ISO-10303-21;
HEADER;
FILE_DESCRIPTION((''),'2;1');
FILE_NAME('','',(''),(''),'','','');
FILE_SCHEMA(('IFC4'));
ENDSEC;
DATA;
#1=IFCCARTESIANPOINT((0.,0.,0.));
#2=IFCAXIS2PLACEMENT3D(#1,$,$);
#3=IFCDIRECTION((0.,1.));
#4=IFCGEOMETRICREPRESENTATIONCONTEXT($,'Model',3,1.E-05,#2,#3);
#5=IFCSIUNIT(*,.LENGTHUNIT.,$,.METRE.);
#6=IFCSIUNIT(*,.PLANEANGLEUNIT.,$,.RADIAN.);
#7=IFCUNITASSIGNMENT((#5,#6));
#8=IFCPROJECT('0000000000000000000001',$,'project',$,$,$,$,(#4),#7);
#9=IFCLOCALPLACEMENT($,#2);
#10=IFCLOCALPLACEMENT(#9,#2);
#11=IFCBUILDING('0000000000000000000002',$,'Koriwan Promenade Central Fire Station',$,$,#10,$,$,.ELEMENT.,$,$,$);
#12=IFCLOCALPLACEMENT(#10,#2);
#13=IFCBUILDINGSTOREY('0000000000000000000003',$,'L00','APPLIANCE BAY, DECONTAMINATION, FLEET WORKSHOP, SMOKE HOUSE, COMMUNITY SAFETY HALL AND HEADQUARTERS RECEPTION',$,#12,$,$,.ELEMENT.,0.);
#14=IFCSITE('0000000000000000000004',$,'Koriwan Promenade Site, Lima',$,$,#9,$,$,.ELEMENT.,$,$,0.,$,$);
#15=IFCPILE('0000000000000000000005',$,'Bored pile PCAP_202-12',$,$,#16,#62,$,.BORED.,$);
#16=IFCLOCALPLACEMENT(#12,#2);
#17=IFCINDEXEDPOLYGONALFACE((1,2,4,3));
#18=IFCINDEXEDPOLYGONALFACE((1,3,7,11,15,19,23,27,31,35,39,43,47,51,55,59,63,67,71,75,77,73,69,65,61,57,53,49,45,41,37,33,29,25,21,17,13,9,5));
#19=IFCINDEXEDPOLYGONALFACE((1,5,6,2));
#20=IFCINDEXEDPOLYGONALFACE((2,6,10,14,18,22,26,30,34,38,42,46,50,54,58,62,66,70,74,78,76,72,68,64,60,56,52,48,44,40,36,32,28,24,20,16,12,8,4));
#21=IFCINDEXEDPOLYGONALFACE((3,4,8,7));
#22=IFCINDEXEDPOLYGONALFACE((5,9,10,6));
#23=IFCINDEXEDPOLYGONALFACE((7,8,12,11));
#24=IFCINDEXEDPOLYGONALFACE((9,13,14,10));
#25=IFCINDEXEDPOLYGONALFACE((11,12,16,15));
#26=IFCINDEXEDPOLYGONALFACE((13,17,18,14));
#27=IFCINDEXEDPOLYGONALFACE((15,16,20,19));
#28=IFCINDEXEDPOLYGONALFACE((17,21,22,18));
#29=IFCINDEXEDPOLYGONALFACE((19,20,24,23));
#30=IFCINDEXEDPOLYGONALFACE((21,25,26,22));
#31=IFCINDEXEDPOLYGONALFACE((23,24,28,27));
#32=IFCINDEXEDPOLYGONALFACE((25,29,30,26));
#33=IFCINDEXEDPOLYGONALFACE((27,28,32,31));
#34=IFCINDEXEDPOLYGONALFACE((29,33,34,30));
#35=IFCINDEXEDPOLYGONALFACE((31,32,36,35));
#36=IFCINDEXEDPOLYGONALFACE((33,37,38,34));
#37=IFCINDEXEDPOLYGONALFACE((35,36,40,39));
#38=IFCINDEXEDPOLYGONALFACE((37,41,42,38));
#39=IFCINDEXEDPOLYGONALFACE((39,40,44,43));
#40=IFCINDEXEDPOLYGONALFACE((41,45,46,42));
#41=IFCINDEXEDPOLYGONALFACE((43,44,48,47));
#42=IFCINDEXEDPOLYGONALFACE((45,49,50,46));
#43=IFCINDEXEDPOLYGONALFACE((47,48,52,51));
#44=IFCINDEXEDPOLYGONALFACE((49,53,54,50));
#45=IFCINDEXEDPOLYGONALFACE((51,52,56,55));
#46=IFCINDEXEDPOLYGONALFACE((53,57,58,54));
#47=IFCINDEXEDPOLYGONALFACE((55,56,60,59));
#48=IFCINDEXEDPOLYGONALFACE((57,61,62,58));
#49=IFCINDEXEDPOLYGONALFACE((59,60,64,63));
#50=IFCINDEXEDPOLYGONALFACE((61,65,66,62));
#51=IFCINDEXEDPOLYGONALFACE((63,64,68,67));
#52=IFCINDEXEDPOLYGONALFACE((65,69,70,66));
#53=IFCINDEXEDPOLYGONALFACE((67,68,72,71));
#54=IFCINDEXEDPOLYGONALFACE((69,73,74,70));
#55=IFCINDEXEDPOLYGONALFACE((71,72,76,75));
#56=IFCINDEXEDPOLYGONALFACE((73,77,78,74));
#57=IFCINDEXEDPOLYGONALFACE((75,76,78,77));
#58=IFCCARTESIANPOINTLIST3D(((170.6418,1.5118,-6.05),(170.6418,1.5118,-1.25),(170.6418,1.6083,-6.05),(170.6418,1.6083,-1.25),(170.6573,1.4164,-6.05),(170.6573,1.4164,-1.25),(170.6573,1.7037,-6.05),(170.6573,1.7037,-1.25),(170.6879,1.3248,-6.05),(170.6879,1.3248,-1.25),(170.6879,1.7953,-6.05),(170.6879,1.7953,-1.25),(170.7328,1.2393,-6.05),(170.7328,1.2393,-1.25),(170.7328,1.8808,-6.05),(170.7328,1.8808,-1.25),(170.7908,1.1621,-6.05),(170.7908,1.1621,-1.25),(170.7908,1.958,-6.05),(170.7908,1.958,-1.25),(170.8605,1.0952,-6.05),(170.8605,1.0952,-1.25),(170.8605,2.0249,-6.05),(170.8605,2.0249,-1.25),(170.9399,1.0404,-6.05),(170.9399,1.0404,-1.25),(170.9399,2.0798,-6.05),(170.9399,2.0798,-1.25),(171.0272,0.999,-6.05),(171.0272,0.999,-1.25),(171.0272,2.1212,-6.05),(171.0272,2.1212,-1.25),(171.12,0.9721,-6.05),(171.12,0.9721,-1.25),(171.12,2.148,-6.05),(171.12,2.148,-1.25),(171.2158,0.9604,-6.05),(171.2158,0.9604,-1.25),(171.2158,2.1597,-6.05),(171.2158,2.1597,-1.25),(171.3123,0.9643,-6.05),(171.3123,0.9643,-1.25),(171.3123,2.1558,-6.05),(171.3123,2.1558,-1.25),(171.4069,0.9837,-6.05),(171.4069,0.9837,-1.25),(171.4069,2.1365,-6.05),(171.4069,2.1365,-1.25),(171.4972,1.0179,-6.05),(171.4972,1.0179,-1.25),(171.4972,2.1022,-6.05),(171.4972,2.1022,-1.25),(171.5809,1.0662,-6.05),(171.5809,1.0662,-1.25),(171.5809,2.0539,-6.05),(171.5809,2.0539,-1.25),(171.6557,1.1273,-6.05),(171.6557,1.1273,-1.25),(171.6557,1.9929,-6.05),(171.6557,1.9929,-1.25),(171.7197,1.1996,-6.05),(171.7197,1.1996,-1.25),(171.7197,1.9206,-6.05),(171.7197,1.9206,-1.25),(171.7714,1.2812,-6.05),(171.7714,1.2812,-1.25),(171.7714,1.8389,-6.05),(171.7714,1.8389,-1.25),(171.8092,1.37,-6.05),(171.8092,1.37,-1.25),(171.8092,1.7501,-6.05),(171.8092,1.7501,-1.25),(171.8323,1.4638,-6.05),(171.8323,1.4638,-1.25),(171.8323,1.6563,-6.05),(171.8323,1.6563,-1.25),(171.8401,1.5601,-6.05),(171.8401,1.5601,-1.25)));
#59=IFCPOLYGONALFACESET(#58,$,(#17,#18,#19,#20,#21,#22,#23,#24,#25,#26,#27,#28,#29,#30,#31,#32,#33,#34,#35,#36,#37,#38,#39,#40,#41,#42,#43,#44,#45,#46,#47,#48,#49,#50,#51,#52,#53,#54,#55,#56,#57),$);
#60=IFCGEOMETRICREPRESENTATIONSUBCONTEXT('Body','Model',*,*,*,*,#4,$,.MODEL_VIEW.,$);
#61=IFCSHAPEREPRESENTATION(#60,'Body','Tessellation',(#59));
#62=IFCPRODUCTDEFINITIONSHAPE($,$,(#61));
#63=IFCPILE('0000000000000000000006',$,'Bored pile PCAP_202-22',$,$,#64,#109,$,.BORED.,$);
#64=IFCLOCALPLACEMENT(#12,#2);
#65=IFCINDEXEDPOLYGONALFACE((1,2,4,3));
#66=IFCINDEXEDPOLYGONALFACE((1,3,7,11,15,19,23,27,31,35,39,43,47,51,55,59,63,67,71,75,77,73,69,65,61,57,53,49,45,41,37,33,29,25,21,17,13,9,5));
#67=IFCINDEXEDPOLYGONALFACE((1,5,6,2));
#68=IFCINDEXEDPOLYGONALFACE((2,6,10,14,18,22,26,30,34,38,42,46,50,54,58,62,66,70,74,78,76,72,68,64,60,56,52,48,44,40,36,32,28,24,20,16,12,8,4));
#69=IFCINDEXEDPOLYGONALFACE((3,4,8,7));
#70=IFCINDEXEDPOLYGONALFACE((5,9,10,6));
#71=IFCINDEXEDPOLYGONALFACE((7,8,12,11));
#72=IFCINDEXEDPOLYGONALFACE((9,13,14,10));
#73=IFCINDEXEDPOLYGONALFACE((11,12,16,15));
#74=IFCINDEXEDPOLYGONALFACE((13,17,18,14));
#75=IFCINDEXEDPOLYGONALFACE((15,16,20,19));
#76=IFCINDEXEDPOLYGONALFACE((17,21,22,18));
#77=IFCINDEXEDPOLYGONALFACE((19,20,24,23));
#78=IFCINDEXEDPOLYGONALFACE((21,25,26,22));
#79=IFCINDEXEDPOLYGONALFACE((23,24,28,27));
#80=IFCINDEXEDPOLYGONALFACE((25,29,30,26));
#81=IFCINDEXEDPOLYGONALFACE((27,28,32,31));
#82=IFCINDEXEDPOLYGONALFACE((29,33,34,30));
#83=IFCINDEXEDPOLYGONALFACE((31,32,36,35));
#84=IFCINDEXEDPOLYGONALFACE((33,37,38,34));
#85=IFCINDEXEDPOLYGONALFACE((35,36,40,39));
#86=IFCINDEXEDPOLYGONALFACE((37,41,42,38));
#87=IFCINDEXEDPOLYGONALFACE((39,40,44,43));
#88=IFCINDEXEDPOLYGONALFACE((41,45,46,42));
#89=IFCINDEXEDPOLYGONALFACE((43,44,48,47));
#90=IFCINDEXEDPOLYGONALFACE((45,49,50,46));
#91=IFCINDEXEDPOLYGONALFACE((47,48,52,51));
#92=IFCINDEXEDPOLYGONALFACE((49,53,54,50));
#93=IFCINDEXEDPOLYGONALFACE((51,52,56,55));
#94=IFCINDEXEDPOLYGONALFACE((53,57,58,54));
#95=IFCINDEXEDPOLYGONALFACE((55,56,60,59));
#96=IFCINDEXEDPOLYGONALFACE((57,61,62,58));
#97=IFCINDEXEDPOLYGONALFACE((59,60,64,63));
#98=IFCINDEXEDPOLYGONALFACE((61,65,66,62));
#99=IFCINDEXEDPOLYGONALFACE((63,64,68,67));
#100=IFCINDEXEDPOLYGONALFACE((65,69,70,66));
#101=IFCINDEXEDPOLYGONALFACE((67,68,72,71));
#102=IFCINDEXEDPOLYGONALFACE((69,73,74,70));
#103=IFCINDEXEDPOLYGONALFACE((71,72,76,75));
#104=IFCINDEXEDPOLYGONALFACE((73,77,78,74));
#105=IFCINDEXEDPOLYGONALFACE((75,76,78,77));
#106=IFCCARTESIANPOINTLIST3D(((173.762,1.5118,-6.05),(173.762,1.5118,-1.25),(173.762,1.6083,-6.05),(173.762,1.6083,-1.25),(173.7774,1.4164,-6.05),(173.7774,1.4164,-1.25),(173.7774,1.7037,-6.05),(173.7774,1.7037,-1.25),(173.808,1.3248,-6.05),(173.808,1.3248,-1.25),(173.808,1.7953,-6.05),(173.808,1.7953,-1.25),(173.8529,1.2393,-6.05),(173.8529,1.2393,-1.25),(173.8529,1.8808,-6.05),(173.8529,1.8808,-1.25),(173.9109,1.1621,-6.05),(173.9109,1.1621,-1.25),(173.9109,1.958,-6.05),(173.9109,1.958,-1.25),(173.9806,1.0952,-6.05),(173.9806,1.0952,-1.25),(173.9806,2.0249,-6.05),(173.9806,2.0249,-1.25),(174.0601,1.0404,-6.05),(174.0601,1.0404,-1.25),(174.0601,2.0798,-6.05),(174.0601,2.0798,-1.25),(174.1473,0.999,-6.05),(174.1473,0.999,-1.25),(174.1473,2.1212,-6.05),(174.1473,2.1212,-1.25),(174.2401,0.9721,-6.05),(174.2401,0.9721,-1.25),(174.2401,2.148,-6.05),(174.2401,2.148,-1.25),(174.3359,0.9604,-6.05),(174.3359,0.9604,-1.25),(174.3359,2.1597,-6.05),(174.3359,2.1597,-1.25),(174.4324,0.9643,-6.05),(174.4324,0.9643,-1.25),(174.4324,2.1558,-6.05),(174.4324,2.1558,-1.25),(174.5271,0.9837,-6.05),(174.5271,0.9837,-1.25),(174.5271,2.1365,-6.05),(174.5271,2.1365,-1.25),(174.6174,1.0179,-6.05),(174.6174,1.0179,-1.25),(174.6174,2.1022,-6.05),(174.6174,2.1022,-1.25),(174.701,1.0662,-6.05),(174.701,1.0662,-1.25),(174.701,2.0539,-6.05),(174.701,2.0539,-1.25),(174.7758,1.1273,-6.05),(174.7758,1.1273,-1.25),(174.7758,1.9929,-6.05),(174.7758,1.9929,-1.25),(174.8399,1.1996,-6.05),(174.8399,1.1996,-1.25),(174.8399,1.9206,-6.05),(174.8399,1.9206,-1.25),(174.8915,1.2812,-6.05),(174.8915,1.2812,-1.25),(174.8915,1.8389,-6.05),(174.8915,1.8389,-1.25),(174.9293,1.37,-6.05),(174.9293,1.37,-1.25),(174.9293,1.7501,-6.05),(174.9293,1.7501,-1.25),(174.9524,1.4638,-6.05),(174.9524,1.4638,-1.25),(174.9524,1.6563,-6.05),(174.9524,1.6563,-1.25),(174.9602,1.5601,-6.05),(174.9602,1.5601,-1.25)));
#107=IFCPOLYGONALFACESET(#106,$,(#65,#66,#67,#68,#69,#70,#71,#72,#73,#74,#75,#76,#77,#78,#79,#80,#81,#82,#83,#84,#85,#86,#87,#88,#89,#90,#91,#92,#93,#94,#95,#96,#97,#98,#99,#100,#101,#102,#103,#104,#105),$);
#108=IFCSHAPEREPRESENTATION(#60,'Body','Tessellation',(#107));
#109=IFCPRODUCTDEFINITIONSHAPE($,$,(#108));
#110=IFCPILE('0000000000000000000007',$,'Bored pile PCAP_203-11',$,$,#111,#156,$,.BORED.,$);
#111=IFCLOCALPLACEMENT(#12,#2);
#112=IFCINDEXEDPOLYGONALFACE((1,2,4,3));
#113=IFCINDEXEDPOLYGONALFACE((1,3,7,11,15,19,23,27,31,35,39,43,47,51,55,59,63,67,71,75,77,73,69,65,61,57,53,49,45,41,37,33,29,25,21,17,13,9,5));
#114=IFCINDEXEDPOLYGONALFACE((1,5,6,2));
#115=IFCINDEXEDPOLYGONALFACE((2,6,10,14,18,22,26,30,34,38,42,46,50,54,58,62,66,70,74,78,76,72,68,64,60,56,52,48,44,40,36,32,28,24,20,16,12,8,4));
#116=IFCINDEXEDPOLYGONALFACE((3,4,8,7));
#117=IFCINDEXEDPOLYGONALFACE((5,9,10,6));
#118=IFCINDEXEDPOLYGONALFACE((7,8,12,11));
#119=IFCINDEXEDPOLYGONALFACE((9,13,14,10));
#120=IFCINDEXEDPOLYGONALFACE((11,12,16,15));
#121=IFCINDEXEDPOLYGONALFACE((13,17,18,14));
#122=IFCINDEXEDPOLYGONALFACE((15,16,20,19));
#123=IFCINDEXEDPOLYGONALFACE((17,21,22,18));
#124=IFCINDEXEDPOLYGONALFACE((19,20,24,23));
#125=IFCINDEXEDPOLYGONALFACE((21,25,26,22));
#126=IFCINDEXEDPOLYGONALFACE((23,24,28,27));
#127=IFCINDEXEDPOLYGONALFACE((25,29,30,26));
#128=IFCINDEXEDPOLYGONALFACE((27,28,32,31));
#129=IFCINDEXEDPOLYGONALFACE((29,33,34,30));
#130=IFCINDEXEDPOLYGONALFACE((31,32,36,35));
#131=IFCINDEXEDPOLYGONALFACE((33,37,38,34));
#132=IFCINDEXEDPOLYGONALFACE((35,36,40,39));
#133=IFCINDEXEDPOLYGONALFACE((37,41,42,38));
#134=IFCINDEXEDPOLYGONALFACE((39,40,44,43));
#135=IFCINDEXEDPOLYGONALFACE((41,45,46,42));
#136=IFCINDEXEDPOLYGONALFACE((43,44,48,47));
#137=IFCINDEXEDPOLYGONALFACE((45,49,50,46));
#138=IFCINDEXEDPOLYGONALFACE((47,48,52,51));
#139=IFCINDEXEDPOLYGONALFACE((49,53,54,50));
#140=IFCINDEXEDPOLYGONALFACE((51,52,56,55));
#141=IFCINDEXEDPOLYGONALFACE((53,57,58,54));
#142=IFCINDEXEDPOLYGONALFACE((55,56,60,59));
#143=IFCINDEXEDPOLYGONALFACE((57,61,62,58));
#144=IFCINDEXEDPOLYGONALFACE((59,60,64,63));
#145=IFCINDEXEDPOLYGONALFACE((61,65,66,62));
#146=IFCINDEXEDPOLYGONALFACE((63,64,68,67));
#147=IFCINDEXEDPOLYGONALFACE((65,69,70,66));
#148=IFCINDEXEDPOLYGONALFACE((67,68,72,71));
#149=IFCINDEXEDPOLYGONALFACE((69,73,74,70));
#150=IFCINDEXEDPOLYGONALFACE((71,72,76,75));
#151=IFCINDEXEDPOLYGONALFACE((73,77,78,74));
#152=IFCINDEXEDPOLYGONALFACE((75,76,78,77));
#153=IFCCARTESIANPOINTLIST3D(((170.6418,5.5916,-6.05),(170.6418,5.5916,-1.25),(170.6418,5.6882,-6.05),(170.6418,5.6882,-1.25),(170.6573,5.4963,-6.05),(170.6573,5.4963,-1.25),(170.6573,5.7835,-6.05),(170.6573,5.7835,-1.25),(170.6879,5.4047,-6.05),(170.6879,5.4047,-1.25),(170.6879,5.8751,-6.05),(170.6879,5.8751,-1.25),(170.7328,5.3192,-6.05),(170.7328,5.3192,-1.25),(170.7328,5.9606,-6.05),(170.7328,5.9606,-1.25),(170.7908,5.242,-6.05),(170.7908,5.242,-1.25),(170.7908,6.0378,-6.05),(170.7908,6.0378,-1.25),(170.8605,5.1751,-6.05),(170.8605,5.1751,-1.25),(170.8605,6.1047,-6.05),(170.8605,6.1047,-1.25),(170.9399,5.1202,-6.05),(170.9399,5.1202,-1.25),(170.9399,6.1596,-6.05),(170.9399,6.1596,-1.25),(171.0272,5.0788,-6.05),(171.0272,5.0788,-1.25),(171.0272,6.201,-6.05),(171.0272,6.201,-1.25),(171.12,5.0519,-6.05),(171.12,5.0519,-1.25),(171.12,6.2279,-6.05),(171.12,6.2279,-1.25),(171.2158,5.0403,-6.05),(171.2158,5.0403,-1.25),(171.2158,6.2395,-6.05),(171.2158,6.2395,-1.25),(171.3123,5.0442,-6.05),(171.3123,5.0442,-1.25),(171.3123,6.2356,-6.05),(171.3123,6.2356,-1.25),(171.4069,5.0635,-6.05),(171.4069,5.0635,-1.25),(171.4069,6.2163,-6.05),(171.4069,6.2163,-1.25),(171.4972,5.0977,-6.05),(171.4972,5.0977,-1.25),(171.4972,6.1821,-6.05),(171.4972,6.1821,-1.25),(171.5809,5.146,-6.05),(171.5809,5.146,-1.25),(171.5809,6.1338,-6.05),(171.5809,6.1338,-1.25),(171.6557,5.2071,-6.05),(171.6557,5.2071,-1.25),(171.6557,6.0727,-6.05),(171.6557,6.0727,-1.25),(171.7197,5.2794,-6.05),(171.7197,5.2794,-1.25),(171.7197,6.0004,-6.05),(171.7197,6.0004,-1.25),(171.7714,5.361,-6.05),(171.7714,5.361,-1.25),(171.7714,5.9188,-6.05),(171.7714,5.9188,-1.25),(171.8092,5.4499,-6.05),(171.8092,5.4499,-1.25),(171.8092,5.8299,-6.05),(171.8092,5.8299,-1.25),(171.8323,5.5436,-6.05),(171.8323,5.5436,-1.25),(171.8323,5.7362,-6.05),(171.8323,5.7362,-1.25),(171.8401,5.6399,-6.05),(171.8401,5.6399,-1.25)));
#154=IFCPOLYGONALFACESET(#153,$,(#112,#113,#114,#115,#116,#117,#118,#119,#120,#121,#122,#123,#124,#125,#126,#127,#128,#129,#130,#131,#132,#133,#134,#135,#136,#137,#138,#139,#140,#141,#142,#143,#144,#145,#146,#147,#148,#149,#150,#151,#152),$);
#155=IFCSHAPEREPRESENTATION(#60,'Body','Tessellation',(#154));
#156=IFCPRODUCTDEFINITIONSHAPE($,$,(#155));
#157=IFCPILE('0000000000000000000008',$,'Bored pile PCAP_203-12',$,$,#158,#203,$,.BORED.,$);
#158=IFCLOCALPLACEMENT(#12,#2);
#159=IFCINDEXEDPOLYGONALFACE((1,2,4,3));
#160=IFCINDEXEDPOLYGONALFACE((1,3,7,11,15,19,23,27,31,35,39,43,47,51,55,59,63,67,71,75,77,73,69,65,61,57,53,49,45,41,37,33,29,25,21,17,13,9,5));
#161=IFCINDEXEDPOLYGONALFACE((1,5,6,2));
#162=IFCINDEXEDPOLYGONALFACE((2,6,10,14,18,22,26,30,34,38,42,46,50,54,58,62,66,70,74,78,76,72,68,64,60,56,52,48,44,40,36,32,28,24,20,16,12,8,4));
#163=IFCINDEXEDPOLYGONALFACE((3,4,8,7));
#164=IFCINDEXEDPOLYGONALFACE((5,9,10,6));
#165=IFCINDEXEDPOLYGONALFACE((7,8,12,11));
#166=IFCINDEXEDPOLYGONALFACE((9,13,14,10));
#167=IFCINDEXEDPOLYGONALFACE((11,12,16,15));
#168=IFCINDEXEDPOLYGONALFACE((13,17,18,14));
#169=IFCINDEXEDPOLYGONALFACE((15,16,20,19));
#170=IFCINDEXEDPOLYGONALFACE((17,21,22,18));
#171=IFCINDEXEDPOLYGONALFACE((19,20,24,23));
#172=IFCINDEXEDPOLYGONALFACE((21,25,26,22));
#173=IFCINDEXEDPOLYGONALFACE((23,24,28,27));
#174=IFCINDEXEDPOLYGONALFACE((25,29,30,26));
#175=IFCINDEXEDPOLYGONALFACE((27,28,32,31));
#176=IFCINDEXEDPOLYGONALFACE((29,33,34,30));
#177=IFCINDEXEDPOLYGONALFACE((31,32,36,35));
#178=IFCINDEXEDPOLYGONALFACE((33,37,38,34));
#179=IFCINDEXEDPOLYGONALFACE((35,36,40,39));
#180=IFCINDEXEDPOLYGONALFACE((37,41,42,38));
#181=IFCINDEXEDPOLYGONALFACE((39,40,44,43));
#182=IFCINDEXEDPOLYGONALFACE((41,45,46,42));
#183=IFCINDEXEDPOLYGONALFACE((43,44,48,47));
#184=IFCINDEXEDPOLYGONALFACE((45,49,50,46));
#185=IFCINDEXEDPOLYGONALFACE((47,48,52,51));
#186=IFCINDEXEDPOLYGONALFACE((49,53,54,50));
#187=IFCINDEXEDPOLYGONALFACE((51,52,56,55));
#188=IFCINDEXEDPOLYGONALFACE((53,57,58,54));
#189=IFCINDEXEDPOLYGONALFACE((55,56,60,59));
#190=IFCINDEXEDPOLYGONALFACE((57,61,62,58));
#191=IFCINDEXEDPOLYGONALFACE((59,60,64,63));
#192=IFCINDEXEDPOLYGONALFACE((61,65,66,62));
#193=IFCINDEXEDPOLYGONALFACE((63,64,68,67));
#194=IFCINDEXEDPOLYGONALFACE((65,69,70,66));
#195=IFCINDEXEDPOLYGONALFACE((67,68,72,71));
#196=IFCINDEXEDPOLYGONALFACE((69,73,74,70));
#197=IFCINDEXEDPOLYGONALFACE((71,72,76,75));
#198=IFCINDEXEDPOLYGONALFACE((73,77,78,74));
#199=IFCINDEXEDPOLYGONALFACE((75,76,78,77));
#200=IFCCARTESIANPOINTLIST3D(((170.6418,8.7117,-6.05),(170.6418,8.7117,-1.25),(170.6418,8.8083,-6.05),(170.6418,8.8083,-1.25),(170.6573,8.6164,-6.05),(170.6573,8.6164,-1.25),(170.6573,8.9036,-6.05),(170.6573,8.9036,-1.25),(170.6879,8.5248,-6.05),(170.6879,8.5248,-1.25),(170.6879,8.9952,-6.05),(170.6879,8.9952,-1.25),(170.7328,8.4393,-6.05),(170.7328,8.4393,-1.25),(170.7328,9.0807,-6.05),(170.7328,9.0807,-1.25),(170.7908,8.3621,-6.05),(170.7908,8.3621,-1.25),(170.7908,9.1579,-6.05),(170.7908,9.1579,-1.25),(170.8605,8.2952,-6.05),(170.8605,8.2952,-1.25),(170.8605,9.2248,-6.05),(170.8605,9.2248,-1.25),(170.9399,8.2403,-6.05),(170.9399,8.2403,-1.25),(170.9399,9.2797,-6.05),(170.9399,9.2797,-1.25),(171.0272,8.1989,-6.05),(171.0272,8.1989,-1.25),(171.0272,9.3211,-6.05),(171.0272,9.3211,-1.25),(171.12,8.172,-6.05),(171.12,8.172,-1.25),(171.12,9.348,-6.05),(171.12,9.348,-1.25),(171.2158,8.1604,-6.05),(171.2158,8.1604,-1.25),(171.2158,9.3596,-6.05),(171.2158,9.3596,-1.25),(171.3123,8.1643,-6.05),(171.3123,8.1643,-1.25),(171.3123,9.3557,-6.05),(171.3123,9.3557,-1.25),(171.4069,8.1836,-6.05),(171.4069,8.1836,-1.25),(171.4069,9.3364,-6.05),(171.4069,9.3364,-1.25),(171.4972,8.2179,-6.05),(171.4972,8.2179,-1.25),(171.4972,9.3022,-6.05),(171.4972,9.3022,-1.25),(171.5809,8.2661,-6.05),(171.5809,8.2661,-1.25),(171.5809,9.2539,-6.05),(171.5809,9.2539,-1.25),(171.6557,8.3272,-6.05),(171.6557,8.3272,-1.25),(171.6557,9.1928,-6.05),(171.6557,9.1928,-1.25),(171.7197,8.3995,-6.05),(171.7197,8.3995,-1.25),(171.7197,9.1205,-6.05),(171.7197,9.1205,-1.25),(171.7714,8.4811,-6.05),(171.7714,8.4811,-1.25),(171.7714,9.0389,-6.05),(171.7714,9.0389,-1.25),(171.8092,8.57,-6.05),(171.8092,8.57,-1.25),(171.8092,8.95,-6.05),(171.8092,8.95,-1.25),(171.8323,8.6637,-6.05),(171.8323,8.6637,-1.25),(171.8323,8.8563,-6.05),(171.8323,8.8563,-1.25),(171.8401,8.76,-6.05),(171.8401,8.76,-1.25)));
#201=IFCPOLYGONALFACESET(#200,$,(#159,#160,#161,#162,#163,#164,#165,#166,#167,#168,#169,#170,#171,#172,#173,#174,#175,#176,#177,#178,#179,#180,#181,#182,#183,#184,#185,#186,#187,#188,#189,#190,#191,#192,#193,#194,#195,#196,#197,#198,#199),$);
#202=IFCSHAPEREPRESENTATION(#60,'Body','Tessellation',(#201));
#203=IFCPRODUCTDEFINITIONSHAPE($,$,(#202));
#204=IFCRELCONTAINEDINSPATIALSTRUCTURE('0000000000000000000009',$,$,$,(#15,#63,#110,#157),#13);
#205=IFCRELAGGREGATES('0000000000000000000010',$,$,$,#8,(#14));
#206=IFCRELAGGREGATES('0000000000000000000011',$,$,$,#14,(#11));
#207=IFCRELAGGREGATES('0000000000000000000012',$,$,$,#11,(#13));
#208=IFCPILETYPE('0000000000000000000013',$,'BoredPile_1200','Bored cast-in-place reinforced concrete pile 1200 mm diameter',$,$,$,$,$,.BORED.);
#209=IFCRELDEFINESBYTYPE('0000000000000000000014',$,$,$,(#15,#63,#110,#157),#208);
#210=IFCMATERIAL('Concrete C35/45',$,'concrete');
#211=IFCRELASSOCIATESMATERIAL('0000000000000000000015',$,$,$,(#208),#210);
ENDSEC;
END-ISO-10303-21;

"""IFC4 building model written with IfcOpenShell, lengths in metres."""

from ifc_helpers import new_model, si_unit, direction, frame, origin, origin_2d, place, context, subcontext, project, spatial, circle, extrude, material, material_profile, profile_set, type_object, element, save


model = new_model("IFC4")

# Units and contexts
model_context = context("Model", 3, precision=1e-05, world=origin(), true_north=direction((0.0, 1.0)))
body_context = subcontext(model_context, "Body", "Model", "MODEL_VIEW")
ifc_project = project(units=[si_unit("LENGTHUNIT", "METRE"), si_unit("PLANEANGLEUNIT", "RADIAN")], contexts=[model_context])

# Site, building, storey
site_placement = place(None, origin())
site = spatial("IfcSite", under=ifc_project, at=site_placement, Name="Koriwan Promenade Site, Lima", CompositionType="ELEMENT", RefElevation=0.0)
building_placement = place(site_placement, origin())
building = spatial("IfcBuilding", under=site, at=building_placement, Name="Koriwan Promenade Central Fire Station", CompositionType="ELEMENT")
storey_placement = place(building_placement, origin())
storey = spatial("IfcBuildingStorey", under=building, at=storey_placement, Name="L00", Description="APPLIANCE BAY, DECONTAMINATION, FLEET WORKSHOP, SMOKE HOUSE, COMMUNITY SAFETY HALL AND HEADQUARTERS RECEPTION", CompositionType="ELEMENT", Elevation=0.0)

# Piles
ifc_material_1 = material(Name="Concrete C35/45", Category="concrete")
ifc_material_profile_1 = material_profile(ifc_material_1, circle(Radius=0.6001, at=origin_2d()), Name="PILE-D1200")
ifc_profile_set_1 = profile_set([ifc_material_profile_1], Name="Concrete C35/45")
pile_type = type_object("IfcPileType", Name="BoredPile_1200", Description="Bored cast-in-place reinforced concrete pile 1200 mm diameter", PredefinedType="BORED", material=ifc_profile_set_1)
for number, where, z_axis, x_axis, name in (
    (1, (171.24, 1.5601, -1.25), (0.0, 0.0, -1.0), (1.0, 0.0, 0.0), "Bored pile PCAP_202-12"),
    (2, (174.3601, 1.5601, -1.25), (0.0, 0.0, -1.0), (1.0, 0.0, 0.0), "Bored pile PCAP_202-22"),
    (3, (171.24, 5.6399, -1.25), (0.0, 0.0, -1.0), (1.0, 0.0, 0.0), "Bored pile PCAP_203-11"),
    (4, (171.24, 8.76, -1.25), (0.0, 0.0, -1.0), (1.0, 0.0, 0.0), "Bored pile PCAP_203-12"),
):
    element("IfcPile", number, at=place(storey_placement, frame(where, z_axis=z_axis, x_axis=x_axis)), inside=storey, type_object=pile_type, Name=name, PredefinedType="BORED", context=body_context, shape_type="SweptSolid", body=[
        extrude(circle(Radius=0.6001, at=origin_2d()), origin(), (0.0, 0.0, 1.0), 4.8),
    ])

save(model, "model.ifc")
